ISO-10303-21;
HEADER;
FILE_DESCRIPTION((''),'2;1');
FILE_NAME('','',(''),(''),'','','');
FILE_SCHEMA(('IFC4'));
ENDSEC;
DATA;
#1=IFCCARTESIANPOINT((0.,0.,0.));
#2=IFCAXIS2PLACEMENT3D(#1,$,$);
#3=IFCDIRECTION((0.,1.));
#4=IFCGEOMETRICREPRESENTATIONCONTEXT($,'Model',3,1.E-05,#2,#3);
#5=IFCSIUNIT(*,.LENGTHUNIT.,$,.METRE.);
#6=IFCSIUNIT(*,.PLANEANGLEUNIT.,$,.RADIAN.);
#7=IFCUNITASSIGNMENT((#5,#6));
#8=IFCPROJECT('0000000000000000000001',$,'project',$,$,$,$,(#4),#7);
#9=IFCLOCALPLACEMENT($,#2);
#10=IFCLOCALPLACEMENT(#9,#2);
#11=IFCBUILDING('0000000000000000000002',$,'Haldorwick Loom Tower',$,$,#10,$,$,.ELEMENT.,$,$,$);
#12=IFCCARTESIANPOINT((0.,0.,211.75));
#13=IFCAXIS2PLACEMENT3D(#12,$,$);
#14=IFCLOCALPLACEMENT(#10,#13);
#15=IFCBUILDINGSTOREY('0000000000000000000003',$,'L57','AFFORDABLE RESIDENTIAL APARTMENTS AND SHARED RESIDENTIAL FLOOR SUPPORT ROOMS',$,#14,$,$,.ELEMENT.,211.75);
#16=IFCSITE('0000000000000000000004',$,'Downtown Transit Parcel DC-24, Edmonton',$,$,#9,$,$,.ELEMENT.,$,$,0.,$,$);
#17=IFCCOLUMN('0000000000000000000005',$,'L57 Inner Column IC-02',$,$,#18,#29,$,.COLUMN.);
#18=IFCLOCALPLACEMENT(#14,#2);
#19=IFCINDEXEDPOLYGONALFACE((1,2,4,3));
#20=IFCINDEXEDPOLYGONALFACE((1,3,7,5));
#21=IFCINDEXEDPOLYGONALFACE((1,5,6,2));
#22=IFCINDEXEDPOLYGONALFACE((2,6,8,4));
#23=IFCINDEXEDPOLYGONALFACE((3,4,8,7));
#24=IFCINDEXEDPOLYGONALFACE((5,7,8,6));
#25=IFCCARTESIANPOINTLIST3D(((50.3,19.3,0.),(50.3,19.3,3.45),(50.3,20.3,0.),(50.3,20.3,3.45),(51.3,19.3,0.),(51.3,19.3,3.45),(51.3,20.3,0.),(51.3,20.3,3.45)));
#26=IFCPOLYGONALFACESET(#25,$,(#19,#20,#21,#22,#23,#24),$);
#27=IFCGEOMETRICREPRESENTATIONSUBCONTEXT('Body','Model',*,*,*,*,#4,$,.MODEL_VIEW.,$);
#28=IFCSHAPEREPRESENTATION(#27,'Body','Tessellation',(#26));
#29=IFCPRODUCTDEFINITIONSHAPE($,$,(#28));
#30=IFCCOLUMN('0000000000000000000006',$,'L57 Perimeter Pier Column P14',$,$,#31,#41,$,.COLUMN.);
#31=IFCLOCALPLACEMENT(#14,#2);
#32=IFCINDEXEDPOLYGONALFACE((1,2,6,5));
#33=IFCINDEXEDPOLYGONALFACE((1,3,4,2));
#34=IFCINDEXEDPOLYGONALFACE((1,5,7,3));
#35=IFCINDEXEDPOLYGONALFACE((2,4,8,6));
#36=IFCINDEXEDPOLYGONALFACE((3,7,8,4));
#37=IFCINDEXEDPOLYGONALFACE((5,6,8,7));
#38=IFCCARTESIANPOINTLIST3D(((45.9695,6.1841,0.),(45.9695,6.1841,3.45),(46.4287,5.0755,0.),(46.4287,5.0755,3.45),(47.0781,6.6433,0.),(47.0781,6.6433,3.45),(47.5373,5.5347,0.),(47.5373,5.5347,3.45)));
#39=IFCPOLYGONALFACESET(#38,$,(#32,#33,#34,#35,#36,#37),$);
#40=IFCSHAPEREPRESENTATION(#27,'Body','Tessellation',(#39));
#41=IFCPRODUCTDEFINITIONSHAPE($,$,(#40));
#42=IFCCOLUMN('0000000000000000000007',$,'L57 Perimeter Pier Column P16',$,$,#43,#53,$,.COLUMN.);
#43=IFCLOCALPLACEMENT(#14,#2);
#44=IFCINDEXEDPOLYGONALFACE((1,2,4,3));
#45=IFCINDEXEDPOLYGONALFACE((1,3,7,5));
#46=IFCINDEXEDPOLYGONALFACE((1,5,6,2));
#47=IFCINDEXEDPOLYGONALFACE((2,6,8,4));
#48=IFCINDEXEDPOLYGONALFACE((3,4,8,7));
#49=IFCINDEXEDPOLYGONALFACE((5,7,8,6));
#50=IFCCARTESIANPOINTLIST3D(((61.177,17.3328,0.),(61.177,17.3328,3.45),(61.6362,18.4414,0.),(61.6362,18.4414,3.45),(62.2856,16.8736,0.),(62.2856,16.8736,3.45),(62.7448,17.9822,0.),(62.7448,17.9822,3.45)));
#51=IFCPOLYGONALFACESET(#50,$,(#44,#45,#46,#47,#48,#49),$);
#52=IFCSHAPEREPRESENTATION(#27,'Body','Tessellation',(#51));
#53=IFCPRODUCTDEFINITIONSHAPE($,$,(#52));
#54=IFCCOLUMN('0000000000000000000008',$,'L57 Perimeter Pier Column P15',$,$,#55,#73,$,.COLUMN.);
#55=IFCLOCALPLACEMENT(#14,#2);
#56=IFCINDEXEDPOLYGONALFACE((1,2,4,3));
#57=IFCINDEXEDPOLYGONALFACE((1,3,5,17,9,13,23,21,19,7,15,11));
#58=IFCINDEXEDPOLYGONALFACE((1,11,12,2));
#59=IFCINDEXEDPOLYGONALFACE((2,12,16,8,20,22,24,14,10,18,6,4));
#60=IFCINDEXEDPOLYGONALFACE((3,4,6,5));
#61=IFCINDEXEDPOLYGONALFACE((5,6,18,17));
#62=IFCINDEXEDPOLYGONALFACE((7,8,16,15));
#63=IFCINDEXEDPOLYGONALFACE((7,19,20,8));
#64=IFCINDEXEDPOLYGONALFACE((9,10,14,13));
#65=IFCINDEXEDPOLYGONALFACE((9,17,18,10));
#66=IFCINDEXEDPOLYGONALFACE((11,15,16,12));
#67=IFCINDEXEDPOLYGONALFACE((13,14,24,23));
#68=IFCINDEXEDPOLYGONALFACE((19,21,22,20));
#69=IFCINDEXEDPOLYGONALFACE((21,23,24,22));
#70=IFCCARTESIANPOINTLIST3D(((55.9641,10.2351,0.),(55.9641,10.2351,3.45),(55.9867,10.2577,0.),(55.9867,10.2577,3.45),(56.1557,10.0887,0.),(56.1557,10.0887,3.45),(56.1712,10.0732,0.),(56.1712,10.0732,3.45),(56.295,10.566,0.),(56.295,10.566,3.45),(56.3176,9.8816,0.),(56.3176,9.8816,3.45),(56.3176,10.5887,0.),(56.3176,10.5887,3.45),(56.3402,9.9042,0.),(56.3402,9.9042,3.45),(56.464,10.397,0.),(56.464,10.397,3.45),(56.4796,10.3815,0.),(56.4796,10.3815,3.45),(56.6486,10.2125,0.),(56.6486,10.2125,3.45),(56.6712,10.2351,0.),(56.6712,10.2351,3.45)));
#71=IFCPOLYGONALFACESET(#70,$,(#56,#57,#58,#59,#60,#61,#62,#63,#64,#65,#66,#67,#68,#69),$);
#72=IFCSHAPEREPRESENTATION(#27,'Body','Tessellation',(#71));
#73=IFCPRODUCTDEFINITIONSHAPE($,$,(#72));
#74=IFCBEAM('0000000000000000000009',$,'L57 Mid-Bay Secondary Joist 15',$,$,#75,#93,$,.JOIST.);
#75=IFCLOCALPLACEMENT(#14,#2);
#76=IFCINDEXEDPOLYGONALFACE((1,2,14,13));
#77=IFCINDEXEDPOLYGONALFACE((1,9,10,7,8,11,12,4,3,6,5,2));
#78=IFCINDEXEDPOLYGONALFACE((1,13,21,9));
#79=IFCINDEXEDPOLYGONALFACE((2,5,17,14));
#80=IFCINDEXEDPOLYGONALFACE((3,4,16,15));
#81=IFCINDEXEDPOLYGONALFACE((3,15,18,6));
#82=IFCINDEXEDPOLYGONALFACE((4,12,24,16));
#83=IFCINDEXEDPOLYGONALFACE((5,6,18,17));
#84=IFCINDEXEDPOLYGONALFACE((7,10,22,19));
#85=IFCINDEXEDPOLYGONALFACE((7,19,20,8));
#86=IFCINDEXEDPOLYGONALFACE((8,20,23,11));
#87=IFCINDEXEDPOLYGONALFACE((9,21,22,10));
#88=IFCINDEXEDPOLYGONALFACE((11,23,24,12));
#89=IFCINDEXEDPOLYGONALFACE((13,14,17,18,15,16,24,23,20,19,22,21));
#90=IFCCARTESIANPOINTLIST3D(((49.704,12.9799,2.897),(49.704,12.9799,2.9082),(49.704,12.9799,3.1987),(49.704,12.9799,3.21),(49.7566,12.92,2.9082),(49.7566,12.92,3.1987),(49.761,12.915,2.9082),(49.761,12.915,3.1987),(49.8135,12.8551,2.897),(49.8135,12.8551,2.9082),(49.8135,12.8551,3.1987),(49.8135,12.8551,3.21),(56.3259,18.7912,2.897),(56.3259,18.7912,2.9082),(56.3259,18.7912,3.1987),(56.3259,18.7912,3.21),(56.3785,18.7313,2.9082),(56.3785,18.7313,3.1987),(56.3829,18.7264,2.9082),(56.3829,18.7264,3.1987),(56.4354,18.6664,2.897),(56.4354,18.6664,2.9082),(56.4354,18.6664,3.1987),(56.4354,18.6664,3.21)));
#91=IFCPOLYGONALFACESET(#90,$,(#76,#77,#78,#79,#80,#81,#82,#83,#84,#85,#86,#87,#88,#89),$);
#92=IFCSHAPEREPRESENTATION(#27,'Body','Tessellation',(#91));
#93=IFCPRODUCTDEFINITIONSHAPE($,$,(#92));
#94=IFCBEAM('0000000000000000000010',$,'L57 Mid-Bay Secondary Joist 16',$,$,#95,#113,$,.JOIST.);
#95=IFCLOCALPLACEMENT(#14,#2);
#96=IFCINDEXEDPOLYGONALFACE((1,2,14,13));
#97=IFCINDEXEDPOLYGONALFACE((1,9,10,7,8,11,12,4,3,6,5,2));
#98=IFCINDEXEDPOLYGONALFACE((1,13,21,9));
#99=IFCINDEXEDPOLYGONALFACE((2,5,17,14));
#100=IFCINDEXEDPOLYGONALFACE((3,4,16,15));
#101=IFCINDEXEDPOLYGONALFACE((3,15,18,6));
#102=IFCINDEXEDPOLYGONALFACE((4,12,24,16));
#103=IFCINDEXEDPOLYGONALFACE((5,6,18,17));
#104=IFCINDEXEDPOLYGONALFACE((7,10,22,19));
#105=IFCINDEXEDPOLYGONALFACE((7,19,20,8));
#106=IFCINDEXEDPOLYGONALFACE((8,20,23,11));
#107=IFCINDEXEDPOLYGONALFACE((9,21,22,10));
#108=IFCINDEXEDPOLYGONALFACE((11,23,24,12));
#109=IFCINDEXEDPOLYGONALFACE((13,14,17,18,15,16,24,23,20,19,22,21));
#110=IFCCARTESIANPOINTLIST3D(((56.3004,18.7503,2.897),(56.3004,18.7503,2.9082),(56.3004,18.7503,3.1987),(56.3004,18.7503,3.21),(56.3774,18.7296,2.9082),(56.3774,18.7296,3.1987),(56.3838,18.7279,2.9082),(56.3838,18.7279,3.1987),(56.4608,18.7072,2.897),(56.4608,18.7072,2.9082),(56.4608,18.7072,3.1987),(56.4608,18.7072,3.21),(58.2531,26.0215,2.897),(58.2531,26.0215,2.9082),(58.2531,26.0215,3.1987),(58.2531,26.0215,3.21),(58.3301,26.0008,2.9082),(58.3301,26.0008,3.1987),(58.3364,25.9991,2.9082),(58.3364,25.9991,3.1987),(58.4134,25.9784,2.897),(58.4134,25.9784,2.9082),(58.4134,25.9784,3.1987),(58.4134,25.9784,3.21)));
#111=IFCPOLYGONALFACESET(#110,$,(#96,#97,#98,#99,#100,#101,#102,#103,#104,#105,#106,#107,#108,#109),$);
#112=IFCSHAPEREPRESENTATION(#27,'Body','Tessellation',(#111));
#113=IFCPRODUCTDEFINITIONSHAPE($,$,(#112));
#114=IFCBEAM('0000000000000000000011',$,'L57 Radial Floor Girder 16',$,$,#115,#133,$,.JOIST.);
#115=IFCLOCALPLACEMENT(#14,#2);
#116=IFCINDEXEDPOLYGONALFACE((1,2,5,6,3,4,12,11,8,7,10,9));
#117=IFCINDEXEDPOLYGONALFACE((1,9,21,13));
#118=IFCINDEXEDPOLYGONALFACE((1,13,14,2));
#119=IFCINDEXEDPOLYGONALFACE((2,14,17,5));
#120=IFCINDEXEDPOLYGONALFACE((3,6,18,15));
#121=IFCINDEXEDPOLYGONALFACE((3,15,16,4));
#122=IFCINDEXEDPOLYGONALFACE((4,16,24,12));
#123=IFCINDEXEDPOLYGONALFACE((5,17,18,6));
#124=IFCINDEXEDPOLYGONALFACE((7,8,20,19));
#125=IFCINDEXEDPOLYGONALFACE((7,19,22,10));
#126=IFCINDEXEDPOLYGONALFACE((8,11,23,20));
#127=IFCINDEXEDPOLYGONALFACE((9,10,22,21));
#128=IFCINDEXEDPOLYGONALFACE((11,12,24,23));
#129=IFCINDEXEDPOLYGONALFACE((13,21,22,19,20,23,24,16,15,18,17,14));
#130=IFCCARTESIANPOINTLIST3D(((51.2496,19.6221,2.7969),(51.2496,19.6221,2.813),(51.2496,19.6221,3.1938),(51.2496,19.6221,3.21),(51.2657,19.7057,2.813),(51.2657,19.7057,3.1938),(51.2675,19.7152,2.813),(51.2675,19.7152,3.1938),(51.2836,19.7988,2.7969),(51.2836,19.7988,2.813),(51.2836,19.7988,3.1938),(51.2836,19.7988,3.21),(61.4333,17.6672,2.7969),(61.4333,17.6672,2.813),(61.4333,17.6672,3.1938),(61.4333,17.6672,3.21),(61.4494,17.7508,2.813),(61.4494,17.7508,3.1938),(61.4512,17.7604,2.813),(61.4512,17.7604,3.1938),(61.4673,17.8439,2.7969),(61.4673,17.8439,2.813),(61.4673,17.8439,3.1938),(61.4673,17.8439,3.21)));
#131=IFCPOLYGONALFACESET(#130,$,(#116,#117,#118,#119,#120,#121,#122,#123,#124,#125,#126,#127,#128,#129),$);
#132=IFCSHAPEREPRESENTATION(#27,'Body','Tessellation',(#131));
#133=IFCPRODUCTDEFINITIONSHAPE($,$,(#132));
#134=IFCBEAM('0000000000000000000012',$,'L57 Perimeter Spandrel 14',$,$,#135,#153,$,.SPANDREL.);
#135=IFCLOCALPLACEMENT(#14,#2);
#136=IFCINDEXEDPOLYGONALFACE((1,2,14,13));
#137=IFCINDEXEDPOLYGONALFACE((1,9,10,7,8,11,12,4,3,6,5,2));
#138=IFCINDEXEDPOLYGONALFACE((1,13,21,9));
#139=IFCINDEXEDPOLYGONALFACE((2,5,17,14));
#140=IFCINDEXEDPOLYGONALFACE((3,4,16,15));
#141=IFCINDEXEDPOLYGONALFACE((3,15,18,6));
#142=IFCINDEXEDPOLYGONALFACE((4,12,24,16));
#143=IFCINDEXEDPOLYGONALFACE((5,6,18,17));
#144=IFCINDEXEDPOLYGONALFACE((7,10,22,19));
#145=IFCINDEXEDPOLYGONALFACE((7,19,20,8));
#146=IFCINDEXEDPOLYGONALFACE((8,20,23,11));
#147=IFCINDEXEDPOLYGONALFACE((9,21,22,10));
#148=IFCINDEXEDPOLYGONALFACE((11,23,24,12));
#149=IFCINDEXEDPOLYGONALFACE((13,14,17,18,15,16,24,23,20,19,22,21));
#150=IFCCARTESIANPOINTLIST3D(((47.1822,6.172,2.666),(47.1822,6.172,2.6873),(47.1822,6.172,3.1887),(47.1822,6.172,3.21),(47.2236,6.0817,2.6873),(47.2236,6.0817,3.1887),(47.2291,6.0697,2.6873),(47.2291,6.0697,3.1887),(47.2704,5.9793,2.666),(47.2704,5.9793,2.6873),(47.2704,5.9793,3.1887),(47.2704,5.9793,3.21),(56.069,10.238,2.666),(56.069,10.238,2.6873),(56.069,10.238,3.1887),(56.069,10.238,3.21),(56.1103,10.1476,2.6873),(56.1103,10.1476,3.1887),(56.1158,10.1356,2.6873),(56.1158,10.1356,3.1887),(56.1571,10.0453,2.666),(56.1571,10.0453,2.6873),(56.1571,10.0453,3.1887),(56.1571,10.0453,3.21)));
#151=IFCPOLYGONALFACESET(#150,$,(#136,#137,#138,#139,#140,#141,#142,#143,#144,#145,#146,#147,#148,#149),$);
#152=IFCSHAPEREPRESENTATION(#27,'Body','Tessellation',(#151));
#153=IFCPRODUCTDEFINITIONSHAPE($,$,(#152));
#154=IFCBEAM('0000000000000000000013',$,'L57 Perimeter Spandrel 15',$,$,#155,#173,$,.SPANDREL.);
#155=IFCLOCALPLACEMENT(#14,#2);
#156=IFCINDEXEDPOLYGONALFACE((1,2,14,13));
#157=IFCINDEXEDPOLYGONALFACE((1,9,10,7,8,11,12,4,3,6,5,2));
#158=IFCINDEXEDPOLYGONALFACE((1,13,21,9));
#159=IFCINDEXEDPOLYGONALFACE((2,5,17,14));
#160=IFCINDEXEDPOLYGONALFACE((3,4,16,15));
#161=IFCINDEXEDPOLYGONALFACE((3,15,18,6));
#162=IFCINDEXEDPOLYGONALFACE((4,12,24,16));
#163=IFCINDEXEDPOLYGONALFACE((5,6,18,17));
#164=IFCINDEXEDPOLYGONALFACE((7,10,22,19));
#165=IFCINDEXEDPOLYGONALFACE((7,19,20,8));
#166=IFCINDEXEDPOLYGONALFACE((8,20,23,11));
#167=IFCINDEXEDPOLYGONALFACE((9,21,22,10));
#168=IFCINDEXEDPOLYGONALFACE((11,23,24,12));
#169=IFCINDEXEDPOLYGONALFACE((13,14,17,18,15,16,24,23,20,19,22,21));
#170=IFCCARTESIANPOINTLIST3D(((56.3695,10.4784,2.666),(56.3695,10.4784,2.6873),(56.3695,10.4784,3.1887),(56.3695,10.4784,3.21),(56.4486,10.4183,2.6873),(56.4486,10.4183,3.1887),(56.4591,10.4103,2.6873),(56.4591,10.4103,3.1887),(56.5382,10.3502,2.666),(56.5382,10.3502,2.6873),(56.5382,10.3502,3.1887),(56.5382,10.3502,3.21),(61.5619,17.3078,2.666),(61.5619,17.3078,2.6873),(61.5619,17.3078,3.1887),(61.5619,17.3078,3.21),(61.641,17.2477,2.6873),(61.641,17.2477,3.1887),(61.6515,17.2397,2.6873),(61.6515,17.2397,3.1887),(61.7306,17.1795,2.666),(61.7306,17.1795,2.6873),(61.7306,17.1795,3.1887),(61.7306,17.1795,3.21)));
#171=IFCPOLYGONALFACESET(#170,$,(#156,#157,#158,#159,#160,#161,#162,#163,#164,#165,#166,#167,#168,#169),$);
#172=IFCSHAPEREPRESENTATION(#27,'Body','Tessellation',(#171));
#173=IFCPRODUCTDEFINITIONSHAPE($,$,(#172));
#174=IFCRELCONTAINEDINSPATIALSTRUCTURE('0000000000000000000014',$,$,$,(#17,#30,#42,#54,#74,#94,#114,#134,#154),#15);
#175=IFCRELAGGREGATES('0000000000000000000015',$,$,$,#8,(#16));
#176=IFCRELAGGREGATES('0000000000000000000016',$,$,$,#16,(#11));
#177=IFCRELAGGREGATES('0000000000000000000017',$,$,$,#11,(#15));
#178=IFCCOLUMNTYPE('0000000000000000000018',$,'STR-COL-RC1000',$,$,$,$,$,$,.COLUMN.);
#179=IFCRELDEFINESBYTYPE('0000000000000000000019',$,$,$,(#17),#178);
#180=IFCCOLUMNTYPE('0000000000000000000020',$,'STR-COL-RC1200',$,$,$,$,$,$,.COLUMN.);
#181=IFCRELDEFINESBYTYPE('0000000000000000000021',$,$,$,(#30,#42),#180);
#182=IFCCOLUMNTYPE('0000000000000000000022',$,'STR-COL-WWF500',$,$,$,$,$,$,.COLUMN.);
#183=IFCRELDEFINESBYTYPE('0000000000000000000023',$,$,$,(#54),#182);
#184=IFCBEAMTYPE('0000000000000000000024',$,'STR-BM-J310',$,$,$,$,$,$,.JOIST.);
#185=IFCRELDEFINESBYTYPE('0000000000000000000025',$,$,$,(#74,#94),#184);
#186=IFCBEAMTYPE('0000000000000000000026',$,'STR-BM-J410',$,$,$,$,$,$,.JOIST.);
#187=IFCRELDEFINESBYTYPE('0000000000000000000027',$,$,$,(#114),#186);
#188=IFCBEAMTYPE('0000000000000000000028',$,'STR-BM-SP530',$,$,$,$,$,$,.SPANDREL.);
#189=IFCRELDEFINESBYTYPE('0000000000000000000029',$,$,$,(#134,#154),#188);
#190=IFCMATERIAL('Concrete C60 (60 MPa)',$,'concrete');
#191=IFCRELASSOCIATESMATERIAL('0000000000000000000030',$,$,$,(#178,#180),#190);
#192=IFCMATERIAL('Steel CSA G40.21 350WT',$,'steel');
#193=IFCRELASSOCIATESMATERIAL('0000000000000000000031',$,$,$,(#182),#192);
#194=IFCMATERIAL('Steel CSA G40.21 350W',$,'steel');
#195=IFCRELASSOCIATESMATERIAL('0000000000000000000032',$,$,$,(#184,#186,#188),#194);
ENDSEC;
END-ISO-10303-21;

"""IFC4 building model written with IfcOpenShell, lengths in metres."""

from ifc_helpers import new_model, si_unit, direction, frame, origin, origin_2d, place, context, subcontext, project, spatial, rectangle, i_section, extrude, material, material_profile, profile_set, type_object, element, save


model = new_model("IFC4")

# Units and contexts
model_context = context("Model", 3, precision=1e-05, world=origin(), true_north=direction((0.0, 1.0)))
body_context = subcontext(model_context, "Body", "Model", "MODEL_VIEW")
ifc_project = project(units=[si_unit("LENGTHUNIT", "METRE"), si_unit("PLANEANGLEUNIT", "RADIAN")], contexts=[model_context])

# Site, building, storey
site_placement = place(None, origin())
site = spatial("IfcSite", under=ifc_project, at=site_placement, Name="Downtown Transit Parcel DC-24, Edmonton", CompositionType="ELEMENT", RefElevation=0.0)
building_placement = place(site_placement, origin())
building = spatial("IfcBuilding", under=site, at=building_placement, Name="Haldorwick Loom Tower", CompositionType="ELEMENT")
storey_placement = place(building_placement, frame((0.0, 0.0, 211.75)))
storey = spatial("IfcBuildingStorey", under=building, at=storey_placement, Name="L57", Description="AFFORDABLE RESIDENTIAL APARTMENTS AND SHARED RESIDENTIAL FLOOR SUPPORT ROOMS", CompositionType="ELEMENT", Elevation=211.75)

# Columns
ifc_material_1 = material(Name="Concrete C60 (60 MPa)", Category="concrete")
ifc_material_profile_1 = material_profile(ifc_material_1, rectangle(XDim=1.0, YDim=1.0, at=origin_2d()), Name="RC1000X1000", Category="concrete")
ifc_profile_set_1 = profile_set([ifc_material_profile_1], Name="Concrete C60 (60 MPa)")
column_type_1 = type_object("IfcColumnType", Name="STR-COL-RC1000", PredefinedType="COLUMN", material=ifc_profile_set_1)
column_1_placement = place(storey_placement, frame((50.8, 19.8, 0.0), z_axis=(0.0, 0.0, 1.0), x_axis=(1.0, 0.0, 0.0)))
element("IfcColumn", 1, at=column_1_placement, inside=storey, type_object=column_type_1, Name="L57 Inner Column IC-02", PredefinedType="COLUMN", context=body_context, shape_type="SweptSolid", body=[
    extrude(rectangle(XDim=1.0, YDim=1.0, at=origin_2d()), origin(), (0.0, 0.0, 1.0), 3.45),
])
ifc_material_profile_2 = material_profile(ifc_material_1, rectangle(XDim=1.2, YDim=1.2, at=origin_2d()), Name="RC1200X1200", Category="concrete")
ifc_profile_set_2 = profile_set([ifc_material_profile_2], Name="Concrete C60 (60 MPa)")
column_type_2 = type_object("IfcColumnType", Name="STR-COL-RC1200", PredefinedType="COLUMN", material=ifc_profile_set_2)
for number, where, z_axis, x_axis, name in (
    (2, (46.7534, 5.8594, 0.0), (0.0, 0.0, 1.0), (0.382683, -0.92388, 0.0), "L57 Perimeter Pier Column P14"),
    (3, (61.9609, 17.6575, 0.0), (0.0, 0.0, 1.0), (0.92388, -0.382683, 0.0), "L57 Perimeter Pier Column P16"),
):
    element("IfcColumn", number, at=place(storey_placement, frame(where, z_axis=z_axis, x_axis=x_axis)), inside=storey, type_object=column_type_2, Name=name, PredefinedType="COLUMN", context=body_context, shape_type="SweptSolid", body=[
        extrude(rectangle(XDim=1.2, YDim=1.2, at=origin_2d()), origin(), (0.0, 0.0, 1.0), 3.45),
    ])
ifc_material_2 = material(Name="Steel CSA G40.21 350WT", Category="steel")
ifc_material_profile_3 = material_profile(ifc_material_2, i_section(OverallWidth=0.5, OverallDepth=0.5, WebThickness=0.022, FlangeThickness=0.032, at=origin_2d()), Name="WWF500X500", Category="steel")
ifc_profile_set_3 = profile_set([ifc_material_profile_3], Name="Steel CSA G40.21 350WT")
column_type_3 = type_object("IfcColumnType", Name="STR-COL-WWF500", PredefinedType="COLUMN", material=ifc_profile_set_3)
column_2_placement = place(storey_placement, frame((56.3176, 10.2351, 0.0), z_axis=(0.0, 0.0, 1.0), x_axis=(0.707107, -0.707107, 0.0)))
element("IfcColumn", 4, at=column_2_placement, inside=storey, type_object=column_type_3, Name="L57 Perimeter Pier Column P15", PredefinedType="COLUMN", context=body_context, shape_type="SweptSolid", body=[
    extrude(i_section(OverallWidth=0.5, OverallDepth=0.5, WebThickness=0.022, FlangeThickness=0.032, at=origin_2d()), origin(), (0.0, 0.0, 1.0), 3.45),
])

# Beams
ifc_material_3 = material(Name="Steel CSA G40.21 350W", Category="steel")
ifc_material_profile_4 = material_profile(ifc_material_3, i_section(OverallWidth=0.166, OverallDepth=0.313, WebThickness=0.0066, FlangeThickness=0.0112, at=origin_2d()), Name="W310X45", Category="steel")
ifc_profile_set_4 = profile_set([ifc_material_profile_4], Name="Steel CSA G40.21 350W")
beam_type_1 = type_object("IfcBeamType", Name="STR-BM-J310", PredefinedType="JOIST", material=ifc_profile_set_4)
beam_1_placement = place(storey_placement, frame((49.7588, 12.9175, 3.0535), z_axis=(0.751609, 0.659608, 0.0), x_axis=(-0.659608, 0.751609, 0.0)))
element("IfcBeam", 5, at=beam_1_placement, inside=storey, type_object=beam_type_1, Name="L57 Mid-Bay Secondary Joist 15", PredefinedType="JOIST", context=body_context, shape_type="SweptSolid", body=[
    extrude(i_section(OverallWidth=0.166, OverallDepth=0.313, WebThickness=0.0066, FlangeThickness=0.0112, at=origin_2d()), origin(), (0.0, 0.0, 1.0), 8.8103),
])
beam_2_placement = place(storey_placement, frame((56.3806, 18.7288, 3.0535), z_axis=(0.259354, 0.965782, 0.0), x_axis=(-0.965782, 0.259354, 0.0)))
element("IfcBeam", 6, at=beam_2_placement, inside=storey, type_object=beam_type_1, Name="L57 Mid-Bay Secondary Joist 16", PredefinedType="JOIST", context=body_context, shape_type="SweptSolid", body=[
    extrude(i_section(OverallWidth=0.166, OverallDepth=0.313, WebThickness=0.0066, FlangeThickness=0.0112, at=origin_2d()), origin(), (0.0, 0.0, 1.0), 7.5288),
])
ifc_material_profile_5 = material_profile(ifc_material_3, i_section(OverallWidth=0.1799, OverallDepth=0.4131, WebThickness=0.0098, FlangeThickness=0.0161, at=origin_2d()), Name="W410X74", Category="steel")
ifc_profile_set_5 = profile_set([ifc_material_profile_5], Name="Steel CSA G40.21 350W")
beam_type_2 = type_object("IfcBeamType", Name="STR-BM-J410", PredefinedType="JOIST", material=ifc_profile_set_5)
beam_3_placement = place(storey_placement, frame((51.2666, 19.7104, 3.0034), z_axis=(0.98207, -0.188517, 0.0), x_axis=(0.188517, 0.98207, 0.0)))
element("IfcBeam", 7, at=beam_3_placement, inside=storey, type_object=beam_type_2, Name="L57 Radial Floor Girder 16", PredefinedType="JOIST", context=body_context, shape_type="SweptSolid", body=[
    extrude(i_section(OverallWidth=0.1799, OverallDepth=0.4131, WebThickness=0.0098, FlangeThickness=0.0161, at=origin_2d()), origin(), (0.0, 0.0, 1.0), 10.3696),
])
ifc_material_profile_6 = material_profile(ifc_material_3, i_section(OverallWidth=0.2119, OverallDepth=0.5439, WebThickness=0.0132, FlangeThickness=0.0212, at=origin_2d()), Name="W530X123", Category="steel")
ifc_profile_set_6 = profile_set([ifc_material_profile_6], Name="Steel CSA G40.21 350W")
beam_type_3 = type_object("IfcBeamType", Name="STR-BM-SP530", PredefinedType="SPANDREL", material=ifc_profile_set_6)
beam_4_placement = place(storey_placement, frame((47.2263, 6.0757, 2.938), z_axis=(0.909342, 0.416049, 0.0), x_axis=(-0.416049, 0.909342, 0.0)))
element("IfcBeam", 8, at=beam_4_placement, inside=storey, type_object=beam_type_3, Name="L57 Perimeter Spandrel 14", PredefinedType="SPANDREL", context=body_context, shape_type="SweptSolid", body=[
    extrude(i_section(OverallWidth=0.2119, OverallDepth=0.5439, WebThickness=0.0132, FlangeThickness=0.0212, at=origin_2d()), origin(), (0.0, 0.0, 1.0), 9.7727),
])
beam_5_placement = place(storey_placement, frame((56.4539, 10.4143, 2.938), z_axis=(0.605237, 0.796045, 0.0), x_axis=(-0.796045, 0.605237, 0.0)))
element("IfcBeam", 9, at=beam_5_placement, inside=storey, type_object=beam_type_3, Name="L57 Perimeter Spandrel 15", PredefinedType="SPANDREL", context=body_context, shape_type="SweptSolid", body=[
    extrude(i_section(OverallWidth=0.2119, OverallDepth=0.5439, WebThickness=0.0132, FlangeThickness=0.0212, at=origin_2d()), origin(), (0.0, 0.0, 1.0), 8.5791),
])

save(model, "model.ifc")
